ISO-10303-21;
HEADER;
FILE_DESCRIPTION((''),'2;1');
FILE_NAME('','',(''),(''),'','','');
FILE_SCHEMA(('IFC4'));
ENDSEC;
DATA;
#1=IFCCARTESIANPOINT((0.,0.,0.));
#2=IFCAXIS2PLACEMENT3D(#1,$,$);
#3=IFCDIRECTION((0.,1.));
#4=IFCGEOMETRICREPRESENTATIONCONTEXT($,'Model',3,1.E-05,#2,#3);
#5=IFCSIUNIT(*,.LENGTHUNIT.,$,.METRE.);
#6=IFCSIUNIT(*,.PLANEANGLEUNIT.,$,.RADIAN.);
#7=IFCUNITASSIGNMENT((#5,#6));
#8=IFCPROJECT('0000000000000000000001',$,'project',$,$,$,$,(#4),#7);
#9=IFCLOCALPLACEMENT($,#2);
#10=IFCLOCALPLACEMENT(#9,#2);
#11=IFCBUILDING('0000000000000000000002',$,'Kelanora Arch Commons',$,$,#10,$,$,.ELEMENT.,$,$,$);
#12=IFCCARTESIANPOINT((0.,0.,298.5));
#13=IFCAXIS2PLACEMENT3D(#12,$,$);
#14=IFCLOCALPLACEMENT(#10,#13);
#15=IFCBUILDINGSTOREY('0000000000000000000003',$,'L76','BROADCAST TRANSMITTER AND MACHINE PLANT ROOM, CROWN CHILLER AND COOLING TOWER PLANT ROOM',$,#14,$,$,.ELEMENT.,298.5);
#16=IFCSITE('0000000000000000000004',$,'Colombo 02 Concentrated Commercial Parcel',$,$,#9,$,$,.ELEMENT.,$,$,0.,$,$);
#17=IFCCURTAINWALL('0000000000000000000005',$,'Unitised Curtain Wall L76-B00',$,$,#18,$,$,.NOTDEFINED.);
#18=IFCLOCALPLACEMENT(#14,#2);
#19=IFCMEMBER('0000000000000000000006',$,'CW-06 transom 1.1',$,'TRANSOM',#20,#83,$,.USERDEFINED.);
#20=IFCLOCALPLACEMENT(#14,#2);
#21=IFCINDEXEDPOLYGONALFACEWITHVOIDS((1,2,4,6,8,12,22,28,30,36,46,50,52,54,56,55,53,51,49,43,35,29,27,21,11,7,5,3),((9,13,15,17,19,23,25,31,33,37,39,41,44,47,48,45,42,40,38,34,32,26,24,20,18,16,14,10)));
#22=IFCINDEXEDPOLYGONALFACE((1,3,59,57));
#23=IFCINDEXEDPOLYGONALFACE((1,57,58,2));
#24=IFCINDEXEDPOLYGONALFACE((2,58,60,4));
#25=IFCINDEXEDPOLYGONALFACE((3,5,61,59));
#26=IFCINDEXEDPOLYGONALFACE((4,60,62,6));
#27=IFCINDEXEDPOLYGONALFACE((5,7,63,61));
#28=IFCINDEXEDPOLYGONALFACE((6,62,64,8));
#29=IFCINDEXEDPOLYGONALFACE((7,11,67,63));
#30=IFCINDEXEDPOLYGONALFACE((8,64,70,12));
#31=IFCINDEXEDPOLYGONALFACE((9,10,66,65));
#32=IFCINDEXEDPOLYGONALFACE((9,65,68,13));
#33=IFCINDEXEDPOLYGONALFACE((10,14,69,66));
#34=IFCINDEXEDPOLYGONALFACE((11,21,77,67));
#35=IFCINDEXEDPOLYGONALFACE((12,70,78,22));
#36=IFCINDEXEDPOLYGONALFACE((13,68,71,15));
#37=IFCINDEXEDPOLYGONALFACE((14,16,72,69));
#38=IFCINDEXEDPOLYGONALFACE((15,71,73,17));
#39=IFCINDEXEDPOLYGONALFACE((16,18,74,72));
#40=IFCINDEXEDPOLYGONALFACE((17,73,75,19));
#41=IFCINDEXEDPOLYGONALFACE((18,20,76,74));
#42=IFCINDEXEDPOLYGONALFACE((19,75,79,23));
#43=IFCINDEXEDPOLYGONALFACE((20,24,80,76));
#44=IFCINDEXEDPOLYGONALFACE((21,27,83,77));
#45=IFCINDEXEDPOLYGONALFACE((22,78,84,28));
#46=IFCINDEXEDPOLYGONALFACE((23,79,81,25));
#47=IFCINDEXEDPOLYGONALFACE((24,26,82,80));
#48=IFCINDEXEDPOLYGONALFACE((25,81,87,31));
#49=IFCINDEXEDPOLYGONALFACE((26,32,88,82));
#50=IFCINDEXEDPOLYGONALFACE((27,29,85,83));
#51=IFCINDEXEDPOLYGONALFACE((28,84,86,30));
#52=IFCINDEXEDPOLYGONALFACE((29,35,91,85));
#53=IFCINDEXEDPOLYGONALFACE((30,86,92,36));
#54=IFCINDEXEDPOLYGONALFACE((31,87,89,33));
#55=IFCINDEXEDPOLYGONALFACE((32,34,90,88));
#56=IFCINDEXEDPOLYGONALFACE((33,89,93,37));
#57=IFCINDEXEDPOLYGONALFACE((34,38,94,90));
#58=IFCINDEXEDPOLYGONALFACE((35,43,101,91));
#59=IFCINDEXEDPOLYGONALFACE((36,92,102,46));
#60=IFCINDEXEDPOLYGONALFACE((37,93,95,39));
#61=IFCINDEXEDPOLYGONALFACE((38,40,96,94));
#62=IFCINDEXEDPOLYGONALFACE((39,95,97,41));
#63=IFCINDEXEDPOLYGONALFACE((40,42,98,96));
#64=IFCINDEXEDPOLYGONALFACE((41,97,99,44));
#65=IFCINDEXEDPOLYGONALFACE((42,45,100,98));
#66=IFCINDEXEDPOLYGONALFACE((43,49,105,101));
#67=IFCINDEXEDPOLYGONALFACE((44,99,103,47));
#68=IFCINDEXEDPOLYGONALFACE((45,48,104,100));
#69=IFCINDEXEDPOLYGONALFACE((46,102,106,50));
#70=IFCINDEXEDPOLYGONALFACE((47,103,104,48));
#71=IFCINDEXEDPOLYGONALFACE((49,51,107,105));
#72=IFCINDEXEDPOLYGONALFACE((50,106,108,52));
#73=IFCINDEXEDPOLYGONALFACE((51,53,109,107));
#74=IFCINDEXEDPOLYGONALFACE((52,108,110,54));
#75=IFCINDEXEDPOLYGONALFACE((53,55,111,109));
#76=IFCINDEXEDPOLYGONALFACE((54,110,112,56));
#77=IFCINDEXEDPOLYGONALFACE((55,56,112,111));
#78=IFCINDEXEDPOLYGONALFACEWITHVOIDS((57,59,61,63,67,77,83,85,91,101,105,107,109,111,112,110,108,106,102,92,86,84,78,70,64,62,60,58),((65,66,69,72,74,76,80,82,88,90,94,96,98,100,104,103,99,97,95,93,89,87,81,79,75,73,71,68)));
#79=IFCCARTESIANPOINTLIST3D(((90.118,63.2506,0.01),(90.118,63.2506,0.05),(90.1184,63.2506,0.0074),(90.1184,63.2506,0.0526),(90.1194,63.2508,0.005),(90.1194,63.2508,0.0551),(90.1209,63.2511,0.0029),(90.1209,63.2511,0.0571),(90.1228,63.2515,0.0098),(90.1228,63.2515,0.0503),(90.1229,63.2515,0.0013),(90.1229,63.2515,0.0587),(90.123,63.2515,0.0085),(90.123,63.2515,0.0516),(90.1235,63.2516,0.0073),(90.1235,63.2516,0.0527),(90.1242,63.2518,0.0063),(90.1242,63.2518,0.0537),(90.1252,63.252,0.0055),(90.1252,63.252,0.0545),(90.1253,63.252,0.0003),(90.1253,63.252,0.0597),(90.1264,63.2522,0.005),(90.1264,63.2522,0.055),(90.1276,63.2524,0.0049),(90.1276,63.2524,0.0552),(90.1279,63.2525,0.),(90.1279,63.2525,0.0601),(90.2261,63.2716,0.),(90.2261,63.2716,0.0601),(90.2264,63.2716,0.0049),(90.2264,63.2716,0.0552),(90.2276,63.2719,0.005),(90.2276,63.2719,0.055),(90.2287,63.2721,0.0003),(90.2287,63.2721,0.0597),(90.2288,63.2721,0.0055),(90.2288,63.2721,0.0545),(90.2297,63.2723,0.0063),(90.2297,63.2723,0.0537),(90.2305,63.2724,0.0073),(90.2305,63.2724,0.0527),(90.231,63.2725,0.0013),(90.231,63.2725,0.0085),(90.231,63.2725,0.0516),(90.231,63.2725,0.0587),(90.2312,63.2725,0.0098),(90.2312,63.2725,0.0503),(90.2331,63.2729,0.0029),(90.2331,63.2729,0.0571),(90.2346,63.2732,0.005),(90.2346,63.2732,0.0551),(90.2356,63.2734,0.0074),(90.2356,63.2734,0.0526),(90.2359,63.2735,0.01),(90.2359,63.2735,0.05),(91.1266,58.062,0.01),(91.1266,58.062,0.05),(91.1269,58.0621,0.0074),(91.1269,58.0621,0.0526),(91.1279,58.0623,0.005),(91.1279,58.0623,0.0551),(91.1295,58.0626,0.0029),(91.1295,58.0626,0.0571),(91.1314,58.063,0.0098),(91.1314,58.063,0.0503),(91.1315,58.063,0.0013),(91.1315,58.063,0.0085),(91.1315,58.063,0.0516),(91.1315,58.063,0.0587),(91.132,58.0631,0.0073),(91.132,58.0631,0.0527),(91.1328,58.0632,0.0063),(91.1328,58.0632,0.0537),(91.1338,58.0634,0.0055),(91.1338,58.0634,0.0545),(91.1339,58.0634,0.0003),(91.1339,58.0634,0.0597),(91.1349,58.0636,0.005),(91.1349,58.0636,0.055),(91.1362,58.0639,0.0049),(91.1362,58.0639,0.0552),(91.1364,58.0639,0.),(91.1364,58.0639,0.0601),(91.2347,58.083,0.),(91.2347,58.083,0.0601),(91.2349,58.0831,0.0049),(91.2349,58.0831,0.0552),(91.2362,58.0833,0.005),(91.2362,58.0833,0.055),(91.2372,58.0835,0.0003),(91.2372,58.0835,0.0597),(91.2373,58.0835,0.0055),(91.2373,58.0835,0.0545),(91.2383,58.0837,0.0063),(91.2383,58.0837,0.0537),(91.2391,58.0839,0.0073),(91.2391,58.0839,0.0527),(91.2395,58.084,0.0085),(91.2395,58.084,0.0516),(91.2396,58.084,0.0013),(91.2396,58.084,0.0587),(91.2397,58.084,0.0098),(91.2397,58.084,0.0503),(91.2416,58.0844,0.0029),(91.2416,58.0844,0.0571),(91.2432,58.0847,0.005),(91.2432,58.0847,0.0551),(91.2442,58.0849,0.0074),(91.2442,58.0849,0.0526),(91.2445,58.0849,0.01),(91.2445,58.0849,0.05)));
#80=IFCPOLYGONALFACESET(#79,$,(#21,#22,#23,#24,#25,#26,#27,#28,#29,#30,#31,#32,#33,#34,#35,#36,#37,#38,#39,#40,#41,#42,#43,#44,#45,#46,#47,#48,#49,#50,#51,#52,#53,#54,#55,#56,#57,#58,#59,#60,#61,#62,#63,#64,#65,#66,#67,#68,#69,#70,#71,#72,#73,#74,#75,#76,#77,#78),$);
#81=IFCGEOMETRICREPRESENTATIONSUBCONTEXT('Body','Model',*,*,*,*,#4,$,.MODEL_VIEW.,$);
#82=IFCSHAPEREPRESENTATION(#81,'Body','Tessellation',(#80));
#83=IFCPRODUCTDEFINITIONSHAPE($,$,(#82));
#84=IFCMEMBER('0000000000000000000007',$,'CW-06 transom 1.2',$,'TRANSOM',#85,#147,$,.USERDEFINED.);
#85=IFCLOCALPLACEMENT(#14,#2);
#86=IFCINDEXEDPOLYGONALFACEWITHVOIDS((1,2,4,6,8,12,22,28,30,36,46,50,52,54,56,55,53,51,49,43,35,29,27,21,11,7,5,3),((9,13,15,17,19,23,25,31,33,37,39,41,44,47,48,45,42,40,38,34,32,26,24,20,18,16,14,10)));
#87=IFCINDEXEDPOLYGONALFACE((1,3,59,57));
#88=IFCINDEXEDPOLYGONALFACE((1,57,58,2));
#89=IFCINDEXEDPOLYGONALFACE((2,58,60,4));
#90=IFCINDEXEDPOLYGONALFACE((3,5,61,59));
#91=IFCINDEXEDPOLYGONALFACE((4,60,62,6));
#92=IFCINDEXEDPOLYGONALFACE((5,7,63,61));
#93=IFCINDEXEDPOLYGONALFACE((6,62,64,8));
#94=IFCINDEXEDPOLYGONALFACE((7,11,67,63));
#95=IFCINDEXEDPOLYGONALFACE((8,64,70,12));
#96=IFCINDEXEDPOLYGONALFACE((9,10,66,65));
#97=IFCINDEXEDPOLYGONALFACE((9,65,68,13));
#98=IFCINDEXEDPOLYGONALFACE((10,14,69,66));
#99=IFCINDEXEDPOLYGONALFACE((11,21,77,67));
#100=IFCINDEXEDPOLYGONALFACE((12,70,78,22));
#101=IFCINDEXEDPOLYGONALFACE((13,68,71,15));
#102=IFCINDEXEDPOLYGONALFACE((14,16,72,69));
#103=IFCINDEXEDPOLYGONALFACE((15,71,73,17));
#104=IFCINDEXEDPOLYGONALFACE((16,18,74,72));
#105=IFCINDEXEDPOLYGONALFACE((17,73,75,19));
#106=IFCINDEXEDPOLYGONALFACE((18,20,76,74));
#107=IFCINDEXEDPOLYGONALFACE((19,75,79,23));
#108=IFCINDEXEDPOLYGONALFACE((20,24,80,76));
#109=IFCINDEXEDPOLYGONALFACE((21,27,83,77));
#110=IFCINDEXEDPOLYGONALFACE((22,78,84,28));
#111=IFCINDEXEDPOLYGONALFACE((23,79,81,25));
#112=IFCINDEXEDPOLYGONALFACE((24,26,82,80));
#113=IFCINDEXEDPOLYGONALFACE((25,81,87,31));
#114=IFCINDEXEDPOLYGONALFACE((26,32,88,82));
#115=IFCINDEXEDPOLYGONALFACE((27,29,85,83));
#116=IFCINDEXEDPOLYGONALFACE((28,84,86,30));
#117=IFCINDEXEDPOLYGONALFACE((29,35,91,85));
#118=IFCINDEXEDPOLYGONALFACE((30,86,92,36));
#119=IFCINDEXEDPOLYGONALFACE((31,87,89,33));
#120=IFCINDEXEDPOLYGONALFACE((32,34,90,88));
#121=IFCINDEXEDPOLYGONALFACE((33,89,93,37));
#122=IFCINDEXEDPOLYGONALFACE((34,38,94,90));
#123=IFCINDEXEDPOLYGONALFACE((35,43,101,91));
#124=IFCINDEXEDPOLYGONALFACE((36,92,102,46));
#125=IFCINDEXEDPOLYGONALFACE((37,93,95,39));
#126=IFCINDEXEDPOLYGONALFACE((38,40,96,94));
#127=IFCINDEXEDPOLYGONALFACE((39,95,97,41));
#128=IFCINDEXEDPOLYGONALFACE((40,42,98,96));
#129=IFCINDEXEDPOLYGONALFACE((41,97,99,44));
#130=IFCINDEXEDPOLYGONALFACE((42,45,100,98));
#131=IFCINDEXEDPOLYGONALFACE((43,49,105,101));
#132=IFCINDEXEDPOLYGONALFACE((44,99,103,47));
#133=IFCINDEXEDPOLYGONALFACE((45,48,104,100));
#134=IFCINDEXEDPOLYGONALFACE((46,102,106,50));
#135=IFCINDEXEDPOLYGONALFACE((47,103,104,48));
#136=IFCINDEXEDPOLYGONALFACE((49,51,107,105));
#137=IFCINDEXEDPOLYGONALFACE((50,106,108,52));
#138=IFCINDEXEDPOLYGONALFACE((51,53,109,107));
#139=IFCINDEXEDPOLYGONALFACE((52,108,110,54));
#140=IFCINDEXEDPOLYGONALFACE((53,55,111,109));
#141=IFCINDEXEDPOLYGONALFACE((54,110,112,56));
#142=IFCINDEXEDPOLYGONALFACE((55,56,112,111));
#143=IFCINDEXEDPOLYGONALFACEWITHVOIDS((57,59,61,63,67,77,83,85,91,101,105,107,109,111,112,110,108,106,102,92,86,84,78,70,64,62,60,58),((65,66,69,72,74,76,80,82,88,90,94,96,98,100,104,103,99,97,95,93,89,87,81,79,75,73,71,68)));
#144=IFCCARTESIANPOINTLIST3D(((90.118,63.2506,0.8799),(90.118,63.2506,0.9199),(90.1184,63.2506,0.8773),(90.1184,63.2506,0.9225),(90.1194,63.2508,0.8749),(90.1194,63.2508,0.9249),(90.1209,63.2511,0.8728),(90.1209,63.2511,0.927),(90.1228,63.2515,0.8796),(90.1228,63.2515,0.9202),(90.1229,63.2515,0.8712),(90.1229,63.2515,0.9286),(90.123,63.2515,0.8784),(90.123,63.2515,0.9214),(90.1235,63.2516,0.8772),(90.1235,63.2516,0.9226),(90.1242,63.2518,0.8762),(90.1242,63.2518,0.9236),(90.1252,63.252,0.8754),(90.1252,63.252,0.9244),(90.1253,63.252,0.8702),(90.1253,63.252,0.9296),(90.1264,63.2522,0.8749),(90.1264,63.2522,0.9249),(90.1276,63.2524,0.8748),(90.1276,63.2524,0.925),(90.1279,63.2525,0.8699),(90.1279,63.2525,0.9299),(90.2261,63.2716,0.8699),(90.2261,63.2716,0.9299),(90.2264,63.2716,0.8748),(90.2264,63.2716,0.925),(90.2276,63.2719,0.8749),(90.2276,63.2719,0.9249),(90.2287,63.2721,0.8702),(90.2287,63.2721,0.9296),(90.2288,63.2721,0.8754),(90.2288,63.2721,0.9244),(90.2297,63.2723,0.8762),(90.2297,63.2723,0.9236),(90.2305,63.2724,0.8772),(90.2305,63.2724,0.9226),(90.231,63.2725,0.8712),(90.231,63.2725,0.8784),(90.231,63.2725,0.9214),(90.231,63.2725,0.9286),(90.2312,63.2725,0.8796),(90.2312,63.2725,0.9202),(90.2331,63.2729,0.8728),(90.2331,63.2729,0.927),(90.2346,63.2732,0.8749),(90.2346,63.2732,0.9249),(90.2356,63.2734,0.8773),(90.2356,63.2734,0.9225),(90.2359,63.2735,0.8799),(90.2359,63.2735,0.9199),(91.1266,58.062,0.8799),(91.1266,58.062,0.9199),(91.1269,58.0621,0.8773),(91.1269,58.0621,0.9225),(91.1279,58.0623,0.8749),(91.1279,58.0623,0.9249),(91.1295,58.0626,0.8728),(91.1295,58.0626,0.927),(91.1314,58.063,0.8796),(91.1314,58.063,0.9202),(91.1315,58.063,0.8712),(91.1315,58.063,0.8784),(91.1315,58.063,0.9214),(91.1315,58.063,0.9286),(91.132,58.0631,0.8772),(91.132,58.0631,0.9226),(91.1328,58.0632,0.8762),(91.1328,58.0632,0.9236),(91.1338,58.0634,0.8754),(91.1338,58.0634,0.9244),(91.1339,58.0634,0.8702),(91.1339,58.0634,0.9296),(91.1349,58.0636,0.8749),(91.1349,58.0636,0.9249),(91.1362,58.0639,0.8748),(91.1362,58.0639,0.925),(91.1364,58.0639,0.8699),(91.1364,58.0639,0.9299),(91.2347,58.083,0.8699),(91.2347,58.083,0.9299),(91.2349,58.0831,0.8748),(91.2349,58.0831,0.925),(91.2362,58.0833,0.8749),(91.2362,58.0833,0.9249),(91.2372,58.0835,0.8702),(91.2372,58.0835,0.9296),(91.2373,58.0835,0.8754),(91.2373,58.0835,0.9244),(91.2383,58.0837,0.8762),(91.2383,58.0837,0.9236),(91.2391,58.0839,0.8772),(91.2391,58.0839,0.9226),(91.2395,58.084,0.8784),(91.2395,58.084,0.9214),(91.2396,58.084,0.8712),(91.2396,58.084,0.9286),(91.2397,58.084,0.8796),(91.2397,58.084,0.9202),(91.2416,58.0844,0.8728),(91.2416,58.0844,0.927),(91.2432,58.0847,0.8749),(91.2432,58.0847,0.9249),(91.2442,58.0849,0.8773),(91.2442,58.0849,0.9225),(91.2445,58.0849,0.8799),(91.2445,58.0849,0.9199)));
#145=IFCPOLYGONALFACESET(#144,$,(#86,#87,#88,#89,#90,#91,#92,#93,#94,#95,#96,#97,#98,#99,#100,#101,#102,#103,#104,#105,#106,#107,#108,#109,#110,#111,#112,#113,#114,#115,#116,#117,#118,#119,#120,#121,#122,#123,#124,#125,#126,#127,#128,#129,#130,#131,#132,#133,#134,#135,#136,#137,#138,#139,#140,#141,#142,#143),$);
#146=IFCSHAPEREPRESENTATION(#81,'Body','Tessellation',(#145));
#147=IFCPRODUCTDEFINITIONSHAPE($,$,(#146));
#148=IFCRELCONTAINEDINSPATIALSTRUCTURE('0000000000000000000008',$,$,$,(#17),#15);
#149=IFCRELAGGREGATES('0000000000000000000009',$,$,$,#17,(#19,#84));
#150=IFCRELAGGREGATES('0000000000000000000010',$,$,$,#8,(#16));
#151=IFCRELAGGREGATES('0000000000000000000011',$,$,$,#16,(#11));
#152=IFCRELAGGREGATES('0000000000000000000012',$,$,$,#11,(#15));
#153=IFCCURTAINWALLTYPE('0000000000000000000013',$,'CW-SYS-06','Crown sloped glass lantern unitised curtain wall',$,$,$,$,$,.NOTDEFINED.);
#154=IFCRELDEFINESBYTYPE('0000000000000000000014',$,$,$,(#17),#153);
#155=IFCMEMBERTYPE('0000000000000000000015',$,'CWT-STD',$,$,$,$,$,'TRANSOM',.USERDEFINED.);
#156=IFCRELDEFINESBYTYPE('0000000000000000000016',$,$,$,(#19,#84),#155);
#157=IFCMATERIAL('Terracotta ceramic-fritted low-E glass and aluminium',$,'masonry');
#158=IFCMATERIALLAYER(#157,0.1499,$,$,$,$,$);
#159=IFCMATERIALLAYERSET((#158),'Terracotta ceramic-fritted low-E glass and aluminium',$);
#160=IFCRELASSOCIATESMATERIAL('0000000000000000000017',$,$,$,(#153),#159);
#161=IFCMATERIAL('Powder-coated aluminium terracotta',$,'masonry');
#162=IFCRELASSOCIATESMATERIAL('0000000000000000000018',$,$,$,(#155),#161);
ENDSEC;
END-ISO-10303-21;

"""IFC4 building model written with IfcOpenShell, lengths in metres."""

from ifc_helpers import new_model, si_unit, direction, frame, origin, origin_2d, place, context, subcontext, project, spatial, hollow_rectangle, extrude, material, layer, layer_set, material_profile, profile_set, type_object, element, aggregate, save


model = new_model("IFC4")

# Units and contexts
model_context = context("Model", 3, precision=1e-05, world=origin(), true_north=direction((0.0, 1.0)))
body_context = subcontext(model_context, "Body", "Model", "MODEL_VIEW")
ifc_project = project(units=[si_unit("LENGTHUNIT", "METRE"), si_unit("PLANEANGLEUNIT", "RADIAN")], contexts=[model_context])

# Site, building, storey
site_placement = place(None, origin())
site = spatial("IfcSite", under=ifc_project, at=site_placement, Name="Colombo 02 Concentrated Commercial Parcel", CompositionType="ELEMENT", RefElevation=0.0)
building_placement = place(site_placement, origin())
building = spatial("IfcBuilding", under=site, at=building_placement, Name="Kelanora Arch Commons", CompositionType="ELEMENT")
storey_placement = place(building_placement, frame((0.0, 0.0, 298.5)))
storey = spatial("IfcBuildingStorey", under=building, at=storey_placement, Name="L76", Description="BROADCAST TRANSMITTER AND MACHINE PLANT ROOM, CROWN CHILLER AND COOLING TOWER PLANT ROOM", CompositionType="ELEMENT", Elevation=298.5)

# Curtain wall
ifc_material_1 = material(Name="Terracotta ceramic-fritted low-E glass and aluminium", Category="masonry")
ifc_layer_1 = layer(ifc_material_1, 0.1499)
ifc_layer_set_1 = layer_set([ifc_layer_1], Name="Terracotta ceramic-fritted low-E glass and aluminium")
curtain_wall_type = type_object("IfcCurtainWallType", Name="CW-SYS-06", Description="Crown sloped glass lantern unitised curtain wall", PredefinedType="NOTDEFINED", material=ifc_layer_set_1)
curtain_wall_1_placement = place(storey_placement, origin())
curtain_wall_1 = element("IfcCurtainWall", 1, at=curtain_wall_1_placement, inside=storey, type_object=curtain_wall_type, Name="Unitised Curtain Wall L76-B00", PredefinedType="NOTDEFINED")
ifc_material_2 = material(Name="Powder-coated aluminium terracotta", Category="masonry")

# Members
ifc_material_profile_1 = material_profile(ifc_material_2, hollow_rectangle(XDim=0.1201, YDim=0.0601, WallThickness=0.0049, InnerFilletRadius=0.0049, OuterFilletRadius=0.01, at=origin_2d()), Name="CWT120x60")
ifc_profile_set_1 = profile_set([ifc_material_profile_1], Name="Powder-coated aluminium terracotta")
member_type_1 = type_object("IfcMemberType", Name="CWT-STD", ElementType="TRANSOM", PredefinedType="USERDEFINED", material=ifc_profile_set_1)
member_1_placement = place(storey_placement, frame((91.1855, 58.0735, 0.03), z_axis=(-0.19081, 0.981627, 0.0), x_axis=(-0.981627, -0.19081, 0.0)))
member_1 = element("IfcMember", 2, at=member_1_placement, type_object=member_type_1, Name="CW-06 transom 1.1", ObjectType="TRANSOM", PredefinedType="USERDEFINED", context=body_context, shape_type="SweptSolid", body=[
    extrude(hollow_rectangle(XDim=0.1201, YDim=0.0601, WallThickness=0.0049, InnerFilletRadius=0.0049, OuterFilletRadius=0.01, at=origin_2d()), origin(), (0.0, 0.0, 1.0), 5.2856),
])
member_2_placement = place(storey_placement, frame((91.1855, 58.0735, 0.8999), z_axis=(-0.19081, 0.981627, 0.0), x_axis=(-0.981627, -0.19081, 0.0)))
member_2 = element("IfcMember", 3, at=member_2_placement, type_object=member_type_1, Name="CW-06 transom 1.2", ObjectType="TRANSOM", PredefinedType="USERDEFINED", context=body_context, shape_type="SweptSolid", body=[
    extrude(hollow_rectangle(XDim=0.1201, YDim=0.0601, WallThickness=0.0049, InnerFilletRadius=0.0049, OuterFilletRadius=0.01, at=origin_2d()), origin(), (0.0, 0.0, 1.0), 5.2856),
])

aggregate(curtain_wall_1, [member_1, member_2])

save(model, "model.ifc")
